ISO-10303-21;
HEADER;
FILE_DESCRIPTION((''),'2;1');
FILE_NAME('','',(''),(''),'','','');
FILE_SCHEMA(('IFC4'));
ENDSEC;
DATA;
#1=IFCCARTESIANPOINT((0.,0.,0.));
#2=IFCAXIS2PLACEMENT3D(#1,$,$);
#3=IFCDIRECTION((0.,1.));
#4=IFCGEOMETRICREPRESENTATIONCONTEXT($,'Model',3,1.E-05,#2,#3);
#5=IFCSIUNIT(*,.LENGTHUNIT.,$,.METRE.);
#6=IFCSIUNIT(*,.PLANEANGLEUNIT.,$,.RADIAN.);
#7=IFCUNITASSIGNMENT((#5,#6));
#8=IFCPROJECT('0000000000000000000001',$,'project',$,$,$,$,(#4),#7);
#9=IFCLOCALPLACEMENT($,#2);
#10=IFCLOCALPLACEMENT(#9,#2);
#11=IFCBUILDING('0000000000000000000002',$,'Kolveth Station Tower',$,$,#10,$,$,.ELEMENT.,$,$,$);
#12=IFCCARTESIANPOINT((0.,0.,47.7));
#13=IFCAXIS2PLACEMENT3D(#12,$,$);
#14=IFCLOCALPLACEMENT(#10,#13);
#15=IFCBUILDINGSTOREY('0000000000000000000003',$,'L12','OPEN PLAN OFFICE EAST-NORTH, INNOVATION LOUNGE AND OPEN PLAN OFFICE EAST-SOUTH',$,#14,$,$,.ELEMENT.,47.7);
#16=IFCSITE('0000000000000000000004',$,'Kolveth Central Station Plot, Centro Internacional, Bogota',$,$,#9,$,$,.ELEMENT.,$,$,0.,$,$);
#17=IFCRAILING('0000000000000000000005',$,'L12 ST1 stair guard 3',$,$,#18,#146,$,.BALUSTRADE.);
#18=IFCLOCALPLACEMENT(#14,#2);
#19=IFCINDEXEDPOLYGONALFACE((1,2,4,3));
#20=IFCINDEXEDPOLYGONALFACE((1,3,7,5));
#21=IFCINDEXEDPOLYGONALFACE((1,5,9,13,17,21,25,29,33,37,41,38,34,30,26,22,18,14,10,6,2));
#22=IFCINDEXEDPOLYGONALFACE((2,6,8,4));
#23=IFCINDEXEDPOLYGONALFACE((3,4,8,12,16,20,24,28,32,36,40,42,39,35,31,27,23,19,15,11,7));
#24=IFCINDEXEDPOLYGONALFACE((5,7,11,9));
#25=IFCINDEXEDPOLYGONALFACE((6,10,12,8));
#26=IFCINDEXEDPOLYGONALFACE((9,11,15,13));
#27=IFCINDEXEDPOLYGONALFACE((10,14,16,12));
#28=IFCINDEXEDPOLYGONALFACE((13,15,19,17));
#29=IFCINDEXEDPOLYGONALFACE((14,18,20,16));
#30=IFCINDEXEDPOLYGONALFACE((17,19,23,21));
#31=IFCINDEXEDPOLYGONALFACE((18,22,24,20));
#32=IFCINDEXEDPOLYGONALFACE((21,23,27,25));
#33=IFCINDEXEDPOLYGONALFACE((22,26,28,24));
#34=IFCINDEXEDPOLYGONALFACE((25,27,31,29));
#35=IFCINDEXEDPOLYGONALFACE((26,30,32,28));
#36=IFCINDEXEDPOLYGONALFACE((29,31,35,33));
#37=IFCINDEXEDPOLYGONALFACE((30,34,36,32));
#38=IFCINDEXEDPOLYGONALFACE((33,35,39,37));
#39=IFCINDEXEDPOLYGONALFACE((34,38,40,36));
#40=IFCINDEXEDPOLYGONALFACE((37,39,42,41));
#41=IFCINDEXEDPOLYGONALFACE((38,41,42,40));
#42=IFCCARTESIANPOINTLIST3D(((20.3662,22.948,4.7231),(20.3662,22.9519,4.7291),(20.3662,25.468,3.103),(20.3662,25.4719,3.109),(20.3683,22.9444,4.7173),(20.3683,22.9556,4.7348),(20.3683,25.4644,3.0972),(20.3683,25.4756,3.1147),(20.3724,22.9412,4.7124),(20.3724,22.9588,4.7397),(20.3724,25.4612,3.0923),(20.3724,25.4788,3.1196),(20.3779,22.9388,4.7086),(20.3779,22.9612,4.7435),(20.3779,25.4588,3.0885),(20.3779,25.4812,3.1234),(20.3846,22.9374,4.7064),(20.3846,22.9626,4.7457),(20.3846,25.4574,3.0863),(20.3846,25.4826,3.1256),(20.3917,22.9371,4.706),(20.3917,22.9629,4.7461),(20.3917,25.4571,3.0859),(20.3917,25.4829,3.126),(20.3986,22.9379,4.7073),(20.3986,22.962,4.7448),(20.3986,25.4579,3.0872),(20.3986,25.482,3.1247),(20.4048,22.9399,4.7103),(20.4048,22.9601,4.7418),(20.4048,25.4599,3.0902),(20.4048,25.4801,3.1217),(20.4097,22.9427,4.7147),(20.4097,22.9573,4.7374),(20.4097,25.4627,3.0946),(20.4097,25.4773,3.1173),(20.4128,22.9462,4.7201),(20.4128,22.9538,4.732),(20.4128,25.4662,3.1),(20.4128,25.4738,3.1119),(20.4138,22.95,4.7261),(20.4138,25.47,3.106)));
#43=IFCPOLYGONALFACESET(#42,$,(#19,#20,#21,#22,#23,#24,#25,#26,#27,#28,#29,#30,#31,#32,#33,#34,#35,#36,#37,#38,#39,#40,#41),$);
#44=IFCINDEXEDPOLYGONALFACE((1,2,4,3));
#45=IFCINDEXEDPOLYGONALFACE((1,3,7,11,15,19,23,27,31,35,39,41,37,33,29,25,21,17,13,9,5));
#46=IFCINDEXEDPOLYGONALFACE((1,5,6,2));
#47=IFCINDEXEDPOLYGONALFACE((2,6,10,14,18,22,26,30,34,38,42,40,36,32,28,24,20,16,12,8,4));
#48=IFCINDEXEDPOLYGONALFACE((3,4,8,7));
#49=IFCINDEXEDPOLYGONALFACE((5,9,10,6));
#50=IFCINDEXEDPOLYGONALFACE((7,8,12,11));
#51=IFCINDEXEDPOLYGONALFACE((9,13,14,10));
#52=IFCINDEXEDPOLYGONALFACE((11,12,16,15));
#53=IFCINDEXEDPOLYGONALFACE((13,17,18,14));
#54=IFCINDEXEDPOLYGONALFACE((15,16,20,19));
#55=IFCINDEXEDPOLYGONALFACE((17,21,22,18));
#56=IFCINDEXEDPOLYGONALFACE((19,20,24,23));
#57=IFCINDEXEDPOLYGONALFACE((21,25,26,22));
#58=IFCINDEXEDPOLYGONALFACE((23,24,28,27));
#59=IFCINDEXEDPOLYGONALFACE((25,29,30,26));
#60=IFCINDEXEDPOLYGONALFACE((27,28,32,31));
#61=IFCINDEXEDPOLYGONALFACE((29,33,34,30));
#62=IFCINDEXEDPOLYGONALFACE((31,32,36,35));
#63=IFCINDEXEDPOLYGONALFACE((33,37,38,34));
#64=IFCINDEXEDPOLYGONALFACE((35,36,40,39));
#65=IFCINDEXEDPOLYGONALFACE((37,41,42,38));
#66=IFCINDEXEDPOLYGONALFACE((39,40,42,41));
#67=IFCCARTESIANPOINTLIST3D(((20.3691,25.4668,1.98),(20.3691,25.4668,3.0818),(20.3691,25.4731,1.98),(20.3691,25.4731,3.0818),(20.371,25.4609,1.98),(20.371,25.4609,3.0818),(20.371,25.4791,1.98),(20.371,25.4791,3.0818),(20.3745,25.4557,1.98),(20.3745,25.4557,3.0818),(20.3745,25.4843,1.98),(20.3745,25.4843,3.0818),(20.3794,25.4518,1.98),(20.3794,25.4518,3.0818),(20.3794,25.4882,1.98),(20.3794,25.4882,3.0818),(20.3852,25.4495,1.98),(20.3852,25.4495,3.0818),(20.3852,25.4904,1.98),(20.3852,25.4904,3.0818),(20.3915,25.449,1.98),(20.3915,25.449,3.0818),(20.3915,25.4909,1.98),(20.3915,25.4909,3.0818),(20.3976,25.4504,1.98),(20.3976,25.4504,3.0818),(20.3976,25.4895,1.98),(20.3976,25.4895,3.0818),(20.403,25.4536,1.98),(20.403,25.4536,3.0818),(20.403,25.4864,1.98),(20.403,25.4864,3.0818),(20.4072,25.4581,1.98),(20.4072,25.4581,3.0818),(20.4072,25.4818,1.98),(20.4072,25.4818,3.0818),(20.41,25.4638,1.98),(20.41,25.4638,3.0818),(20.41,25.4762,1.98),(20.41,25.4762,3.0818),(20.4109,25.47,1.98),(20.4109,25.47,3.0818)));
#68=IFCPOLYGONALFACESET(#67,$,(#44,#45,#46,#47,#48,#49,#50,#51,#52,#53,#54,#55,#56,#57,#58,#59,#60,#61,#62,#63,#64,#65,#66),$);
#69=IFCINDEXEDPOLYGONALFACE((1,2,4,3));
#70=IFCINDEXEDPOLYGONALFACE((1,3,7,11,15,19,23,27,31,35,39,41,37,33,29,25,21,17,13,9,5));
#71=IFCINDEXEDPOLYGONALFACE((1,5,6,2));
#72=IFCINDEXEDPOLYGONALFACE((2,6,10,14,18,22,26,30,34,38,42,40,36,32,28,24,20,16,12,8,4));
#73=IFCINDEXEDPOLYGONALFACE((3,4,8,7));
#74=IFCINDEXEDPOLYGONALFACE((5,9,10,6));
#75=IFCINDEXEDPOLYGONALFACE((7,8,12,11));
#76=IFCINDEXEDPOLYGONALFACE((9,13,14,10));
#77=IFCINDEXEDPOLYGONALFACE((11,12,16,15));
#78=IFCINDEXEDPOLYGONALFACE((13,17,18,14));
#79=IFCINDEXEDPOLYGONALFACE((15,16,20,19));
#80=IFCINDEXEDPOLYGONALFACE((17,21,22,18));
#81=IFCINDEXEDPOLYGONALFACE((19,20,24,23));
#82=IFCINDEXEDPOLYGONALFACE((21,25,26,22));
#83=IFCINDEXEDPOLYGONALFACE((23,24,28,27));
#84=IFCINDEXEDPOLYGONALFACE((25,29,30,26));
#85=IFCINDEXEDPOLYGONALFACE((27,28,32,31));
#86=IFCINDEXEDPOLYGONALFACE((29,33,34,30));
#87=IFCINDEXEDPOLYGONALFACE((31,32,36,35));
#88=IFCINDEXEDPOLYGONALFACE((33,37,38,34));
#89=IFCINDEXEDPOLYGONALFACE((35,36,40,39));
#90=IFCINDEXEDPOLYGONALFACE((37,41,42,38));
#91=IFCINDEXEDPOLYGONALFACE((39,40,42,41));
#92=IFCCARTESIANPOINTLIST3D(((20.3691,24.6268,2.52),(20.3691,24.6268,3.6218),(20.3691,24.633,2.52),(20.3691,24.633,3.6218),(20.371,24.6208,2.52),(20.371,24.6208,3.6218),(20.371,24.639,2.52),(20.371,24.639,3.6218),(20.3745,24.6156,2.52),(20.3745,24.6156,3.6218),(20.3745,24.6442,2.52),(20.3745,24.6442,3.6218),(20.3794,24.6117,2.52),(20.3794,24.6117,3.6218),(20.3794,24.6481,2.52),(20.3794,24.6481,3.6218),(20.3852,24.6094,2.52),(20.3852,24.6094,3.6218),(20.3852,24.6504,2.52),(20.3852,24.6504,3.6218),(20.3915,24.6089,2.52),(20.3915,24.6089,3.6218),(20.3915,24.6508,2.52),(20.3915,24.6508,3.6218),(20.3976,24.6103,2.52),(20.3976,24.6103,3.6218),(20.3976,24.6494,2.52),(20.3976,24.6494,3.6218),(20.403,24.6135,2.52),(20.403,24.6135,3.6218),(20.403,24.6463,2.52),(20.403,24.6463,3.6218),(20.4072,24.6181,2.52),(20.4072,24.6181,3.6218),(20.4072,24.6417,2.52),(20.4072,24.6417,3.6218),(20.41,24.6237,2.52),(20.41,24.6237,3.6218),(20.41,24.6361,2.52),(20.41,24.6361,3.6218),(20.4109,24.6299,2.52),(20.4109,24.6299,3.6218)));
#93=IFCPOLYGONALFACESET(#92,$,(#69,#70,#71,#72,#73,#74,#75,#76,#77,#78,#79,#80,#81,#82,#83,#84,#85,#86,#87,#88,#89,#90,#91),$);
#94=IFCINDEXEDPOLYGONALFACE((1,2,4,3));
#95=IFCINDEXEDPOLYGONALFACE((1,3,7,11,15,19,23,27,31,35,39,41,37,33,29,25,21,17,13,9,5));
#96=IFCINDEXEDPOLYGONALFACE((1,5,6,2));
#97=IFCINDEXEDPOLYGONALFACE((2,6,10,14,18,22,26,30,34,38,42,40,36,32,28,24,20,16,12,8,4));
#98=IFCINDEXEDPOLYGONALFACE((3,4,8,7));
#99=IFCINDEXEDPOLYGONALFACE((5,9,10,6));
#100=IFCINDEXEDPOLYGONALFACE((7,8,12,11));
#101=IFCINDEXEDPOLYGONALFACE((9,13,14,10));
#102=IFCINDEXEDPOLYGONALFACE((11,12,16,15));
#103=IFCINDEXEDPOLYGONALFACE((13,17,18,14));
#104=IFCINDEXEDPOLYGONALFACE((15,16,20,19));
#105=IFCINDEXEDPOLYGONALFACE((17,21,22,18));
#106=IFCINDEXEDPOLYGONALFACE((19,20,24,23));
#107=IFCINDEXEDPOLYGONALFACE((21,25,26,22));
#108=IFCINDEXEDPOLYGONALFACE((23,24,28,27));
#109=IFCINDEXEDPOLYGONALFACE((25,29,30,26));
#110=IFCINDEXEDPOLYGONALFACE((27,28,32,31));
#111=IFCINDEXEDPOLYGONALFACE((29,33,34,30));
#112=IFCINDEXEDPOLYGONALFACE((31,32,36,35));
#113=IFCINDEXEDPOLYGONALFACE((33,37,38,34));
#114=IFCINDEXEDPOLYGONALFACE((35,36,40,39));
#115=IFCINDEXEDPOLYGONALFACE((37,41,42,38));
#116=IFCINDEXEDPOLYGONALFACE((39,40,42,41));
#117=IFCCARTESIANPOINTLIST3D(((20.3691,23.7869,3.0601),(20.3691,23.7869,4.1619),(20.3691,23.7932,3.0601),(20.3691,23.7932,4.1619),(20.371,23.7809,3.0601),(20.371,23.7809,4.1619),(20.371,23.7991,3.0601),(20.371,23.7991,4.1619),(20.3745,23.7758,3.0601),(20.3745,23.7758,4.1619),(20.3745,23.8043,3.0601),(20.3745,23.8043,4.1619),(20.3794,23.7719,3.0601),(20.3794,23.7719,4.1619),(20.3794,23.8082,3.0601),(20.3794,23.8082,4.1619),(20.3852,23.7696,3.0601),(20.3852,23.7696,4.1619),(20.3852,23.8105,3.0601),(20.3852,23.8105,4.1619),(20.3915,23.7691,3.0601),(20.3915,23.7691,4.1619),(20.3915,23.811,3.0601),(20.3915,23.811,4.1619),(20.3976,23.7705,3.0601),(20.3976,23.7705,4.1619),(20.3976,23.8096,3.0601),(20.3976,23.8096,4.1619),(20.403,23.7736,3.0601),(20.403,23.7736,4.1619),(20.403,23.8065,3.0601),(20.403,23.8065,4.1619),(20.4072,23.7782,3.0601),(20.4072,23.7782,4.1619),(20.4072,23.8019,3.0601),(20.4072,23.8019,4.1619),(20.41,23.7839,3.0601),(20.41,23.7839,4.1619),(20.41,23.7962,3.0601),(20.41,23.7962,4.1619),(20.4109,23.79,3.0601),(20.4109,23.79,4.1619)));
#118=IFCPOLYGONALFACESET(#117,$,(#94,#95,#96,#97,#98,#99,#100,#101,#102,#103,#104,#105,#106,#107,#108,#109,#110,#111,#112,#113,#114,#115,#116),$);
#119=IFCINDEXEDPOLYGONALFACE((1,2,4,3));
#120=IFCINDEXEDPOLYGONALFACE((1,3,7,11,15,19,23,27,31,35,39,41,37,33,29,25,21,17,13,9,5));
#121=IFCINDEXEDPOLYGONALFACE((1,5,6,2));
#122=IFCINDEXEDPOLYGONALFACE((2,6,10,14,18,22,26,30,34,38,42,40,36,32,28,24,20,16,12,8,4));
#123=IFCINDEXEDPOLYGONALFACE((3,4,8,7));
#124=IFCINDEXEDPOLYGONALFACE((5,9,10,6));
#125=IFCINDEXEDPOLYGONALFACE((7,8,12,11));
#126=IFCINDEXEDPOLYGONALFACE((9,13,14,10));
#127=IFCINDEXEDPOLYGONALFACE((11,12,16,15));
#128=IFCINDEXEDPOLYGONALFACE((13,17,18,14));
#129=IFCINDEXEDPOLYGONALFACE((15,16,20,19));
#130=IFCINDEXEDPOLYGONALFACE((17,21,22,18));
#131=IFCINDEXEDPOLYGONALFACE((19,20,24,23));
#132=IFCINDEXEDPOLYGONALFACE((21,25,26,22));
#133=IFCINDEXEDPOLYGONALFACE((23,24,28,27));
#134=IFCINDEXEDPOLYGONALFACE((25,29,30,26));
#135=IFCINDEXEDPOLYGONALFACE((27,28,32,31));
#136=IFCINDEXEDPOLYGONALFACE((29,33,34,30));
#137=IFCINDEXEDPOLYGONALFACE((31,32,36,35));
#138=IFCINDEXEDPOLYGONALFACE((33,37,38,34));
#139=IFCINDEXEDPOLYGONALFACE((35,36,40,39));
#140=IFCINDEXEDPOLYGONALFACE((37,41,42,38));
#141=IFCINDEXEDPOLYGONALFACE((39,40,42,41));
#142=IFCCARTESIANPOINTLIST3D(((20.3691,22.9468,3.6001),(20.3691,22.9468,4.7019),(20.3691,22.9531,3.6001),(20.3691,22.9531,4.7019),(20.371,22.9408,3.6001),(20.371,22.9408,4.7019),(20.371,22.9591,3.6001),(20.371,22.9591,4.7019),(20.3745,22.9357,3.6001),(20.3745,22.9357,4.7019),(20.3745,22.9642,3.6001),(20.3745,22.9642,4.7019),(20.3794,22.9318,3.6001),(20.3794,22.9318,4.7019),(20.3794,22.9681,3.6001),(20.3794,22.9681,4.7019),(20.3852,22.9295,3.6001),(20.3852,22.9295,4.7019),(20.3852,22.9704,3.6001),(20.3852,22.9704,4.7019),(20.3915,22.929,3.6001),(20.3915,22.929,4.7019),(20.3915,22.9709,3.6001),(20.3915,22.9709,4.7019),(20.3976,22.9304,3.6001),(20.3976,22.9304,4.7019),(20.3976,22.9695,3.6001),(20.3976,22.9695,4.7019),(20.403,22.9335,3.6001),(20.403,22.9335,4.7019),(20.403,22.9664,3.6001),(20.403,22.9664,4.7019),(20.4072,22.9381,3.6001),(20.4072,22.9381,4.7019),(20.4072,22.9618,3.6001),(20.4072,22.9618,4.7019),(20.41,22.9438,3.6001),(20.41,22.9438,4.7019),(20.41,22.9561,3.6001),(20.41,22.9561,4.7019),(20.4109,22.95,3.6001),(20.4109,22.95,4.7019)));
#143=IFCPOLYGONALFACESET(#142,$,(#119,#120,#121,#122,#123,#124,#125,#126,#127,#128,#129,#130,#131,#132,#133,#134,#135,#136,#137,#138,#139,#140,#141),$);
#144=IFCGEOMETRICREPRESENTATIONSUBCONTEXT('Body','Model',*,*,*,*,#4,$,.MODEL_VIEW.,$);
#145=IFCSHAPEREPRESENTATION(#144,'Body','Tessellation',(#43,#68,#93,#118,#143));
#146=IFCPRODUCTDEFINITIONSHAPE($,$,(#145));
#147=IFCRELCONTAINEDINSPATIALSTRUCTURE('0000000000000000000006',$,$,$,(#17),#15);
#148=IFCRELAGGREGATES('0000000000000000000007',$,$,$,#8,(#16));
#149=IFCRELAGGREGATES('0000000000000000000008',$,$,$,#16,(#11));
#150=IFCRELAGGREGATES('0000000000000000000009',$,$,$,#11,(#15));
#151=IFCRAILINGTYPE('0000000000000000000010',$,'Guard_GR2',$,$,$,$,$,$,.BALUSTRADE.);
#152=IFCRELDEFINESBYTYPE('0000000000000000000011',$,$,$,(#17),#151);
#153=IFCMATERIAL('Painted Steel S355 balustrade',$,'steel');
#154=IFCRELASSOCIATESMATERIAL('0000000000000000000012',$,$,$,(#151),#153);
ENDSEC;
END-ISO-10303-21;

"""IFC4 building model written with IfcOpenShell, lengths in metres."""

from ifc_helpers import new_model, si_unit, direction, frame, origin, origin_2d, place, context, subcontext, project, spatial, circle, extrude, material, type_object, element, save


model = new_model("IFC4")

# Units and contexts
model_context = context("Model", 3, precision=1e-05, world=origin(), true_north=direction((0.0, 1.0)))
body_context = subcontext(model_context, "Body", "Model", "MODEL_VIEW")
ifc_project = project(units=[si_unit("LENGTHUNIT", "METRE"), si_unit("PLANEANGLEUNIT", "RADIAN")], contexts=[model_context])

# Site, building, storey
site_placement = place(None, origin())
site = spatial("IfcSite", under=ifc_project, at=site_placement, Name="Kolveth Central Station Plot, Centro Internacional, Bogota", CompositionType="ELEMENT", RefElevation=0.0)
building_placement = place(site_placement, origin())
building = spatial("IfcBuilding", under=site, at=building_placement, Name="Kolveth Station Tower", CompositionType="ELEMENT")
storey_placement = place(building_placement, frame((0.0, 0.0, 47.7)))
storey = spatial("IfcBuildingStorey", under=building, at=storey_placement, Name="L12", Description="OPEN PLAN OFFICE EAST-NORTH, INNOVATION LOUNGE AND OPEN PLAN OFFICE EAST-SOUTH", CompositionType="ELEMENT", Elevation=47.7)

# Railing
ifc_material_1 = material(Name="Painted Steel S355 balustrade", Category="steel")
railing_type_1 = type_object("IfcRailingType", Name="Guard_GR2", PredefinedType="BALUSTRADE", material=ifc_material_1)
railing_1_placement = place(storey_placement, frame((20.3899, 25.47, 1.98)))
element("IfcRailing", 1, at=railing_1_placement, inside=storey, type_object=railing_type_1, Name="L12 ST1 stair guard 3", PredefinedType="BALUSTRADE", context=body_context, shape_type="SweptSolid", body=[
    extrude(circle(Radius=0.0239, at=origin_2d()), frame((0.0, 0.0, 1.126), z_axis=(0.0, -0.841163, 0.540782), x_axis=(1.0, 0.0, 0.0)), (0.0, 0.0, 1.0), 2.9958),
    extrude(circle(Radius=0.021, at=origin_2d()), origin(), (0.0, 0.0, 1.0), 1.1018),
    extrude(circle(Radius=0.021, at=origin_2d()), frame((0.0, -0.8401, 0.54)), (0.0, 0.0, 1.0), 1.1018),
    extrude(circle(Radius=0.021, at=origin_2d()), frame((0.0, -1.6799, 1.0801)), (0.0, 0.0, 1.0), 1.1018),
    extrude(circle(Radius=0.021, at=origin_2d()), frame((0.0, -2.52, 1.6201)), (0.0, 0.0, 1.0), 1.1018),
])

save(model, "model.ifc")
